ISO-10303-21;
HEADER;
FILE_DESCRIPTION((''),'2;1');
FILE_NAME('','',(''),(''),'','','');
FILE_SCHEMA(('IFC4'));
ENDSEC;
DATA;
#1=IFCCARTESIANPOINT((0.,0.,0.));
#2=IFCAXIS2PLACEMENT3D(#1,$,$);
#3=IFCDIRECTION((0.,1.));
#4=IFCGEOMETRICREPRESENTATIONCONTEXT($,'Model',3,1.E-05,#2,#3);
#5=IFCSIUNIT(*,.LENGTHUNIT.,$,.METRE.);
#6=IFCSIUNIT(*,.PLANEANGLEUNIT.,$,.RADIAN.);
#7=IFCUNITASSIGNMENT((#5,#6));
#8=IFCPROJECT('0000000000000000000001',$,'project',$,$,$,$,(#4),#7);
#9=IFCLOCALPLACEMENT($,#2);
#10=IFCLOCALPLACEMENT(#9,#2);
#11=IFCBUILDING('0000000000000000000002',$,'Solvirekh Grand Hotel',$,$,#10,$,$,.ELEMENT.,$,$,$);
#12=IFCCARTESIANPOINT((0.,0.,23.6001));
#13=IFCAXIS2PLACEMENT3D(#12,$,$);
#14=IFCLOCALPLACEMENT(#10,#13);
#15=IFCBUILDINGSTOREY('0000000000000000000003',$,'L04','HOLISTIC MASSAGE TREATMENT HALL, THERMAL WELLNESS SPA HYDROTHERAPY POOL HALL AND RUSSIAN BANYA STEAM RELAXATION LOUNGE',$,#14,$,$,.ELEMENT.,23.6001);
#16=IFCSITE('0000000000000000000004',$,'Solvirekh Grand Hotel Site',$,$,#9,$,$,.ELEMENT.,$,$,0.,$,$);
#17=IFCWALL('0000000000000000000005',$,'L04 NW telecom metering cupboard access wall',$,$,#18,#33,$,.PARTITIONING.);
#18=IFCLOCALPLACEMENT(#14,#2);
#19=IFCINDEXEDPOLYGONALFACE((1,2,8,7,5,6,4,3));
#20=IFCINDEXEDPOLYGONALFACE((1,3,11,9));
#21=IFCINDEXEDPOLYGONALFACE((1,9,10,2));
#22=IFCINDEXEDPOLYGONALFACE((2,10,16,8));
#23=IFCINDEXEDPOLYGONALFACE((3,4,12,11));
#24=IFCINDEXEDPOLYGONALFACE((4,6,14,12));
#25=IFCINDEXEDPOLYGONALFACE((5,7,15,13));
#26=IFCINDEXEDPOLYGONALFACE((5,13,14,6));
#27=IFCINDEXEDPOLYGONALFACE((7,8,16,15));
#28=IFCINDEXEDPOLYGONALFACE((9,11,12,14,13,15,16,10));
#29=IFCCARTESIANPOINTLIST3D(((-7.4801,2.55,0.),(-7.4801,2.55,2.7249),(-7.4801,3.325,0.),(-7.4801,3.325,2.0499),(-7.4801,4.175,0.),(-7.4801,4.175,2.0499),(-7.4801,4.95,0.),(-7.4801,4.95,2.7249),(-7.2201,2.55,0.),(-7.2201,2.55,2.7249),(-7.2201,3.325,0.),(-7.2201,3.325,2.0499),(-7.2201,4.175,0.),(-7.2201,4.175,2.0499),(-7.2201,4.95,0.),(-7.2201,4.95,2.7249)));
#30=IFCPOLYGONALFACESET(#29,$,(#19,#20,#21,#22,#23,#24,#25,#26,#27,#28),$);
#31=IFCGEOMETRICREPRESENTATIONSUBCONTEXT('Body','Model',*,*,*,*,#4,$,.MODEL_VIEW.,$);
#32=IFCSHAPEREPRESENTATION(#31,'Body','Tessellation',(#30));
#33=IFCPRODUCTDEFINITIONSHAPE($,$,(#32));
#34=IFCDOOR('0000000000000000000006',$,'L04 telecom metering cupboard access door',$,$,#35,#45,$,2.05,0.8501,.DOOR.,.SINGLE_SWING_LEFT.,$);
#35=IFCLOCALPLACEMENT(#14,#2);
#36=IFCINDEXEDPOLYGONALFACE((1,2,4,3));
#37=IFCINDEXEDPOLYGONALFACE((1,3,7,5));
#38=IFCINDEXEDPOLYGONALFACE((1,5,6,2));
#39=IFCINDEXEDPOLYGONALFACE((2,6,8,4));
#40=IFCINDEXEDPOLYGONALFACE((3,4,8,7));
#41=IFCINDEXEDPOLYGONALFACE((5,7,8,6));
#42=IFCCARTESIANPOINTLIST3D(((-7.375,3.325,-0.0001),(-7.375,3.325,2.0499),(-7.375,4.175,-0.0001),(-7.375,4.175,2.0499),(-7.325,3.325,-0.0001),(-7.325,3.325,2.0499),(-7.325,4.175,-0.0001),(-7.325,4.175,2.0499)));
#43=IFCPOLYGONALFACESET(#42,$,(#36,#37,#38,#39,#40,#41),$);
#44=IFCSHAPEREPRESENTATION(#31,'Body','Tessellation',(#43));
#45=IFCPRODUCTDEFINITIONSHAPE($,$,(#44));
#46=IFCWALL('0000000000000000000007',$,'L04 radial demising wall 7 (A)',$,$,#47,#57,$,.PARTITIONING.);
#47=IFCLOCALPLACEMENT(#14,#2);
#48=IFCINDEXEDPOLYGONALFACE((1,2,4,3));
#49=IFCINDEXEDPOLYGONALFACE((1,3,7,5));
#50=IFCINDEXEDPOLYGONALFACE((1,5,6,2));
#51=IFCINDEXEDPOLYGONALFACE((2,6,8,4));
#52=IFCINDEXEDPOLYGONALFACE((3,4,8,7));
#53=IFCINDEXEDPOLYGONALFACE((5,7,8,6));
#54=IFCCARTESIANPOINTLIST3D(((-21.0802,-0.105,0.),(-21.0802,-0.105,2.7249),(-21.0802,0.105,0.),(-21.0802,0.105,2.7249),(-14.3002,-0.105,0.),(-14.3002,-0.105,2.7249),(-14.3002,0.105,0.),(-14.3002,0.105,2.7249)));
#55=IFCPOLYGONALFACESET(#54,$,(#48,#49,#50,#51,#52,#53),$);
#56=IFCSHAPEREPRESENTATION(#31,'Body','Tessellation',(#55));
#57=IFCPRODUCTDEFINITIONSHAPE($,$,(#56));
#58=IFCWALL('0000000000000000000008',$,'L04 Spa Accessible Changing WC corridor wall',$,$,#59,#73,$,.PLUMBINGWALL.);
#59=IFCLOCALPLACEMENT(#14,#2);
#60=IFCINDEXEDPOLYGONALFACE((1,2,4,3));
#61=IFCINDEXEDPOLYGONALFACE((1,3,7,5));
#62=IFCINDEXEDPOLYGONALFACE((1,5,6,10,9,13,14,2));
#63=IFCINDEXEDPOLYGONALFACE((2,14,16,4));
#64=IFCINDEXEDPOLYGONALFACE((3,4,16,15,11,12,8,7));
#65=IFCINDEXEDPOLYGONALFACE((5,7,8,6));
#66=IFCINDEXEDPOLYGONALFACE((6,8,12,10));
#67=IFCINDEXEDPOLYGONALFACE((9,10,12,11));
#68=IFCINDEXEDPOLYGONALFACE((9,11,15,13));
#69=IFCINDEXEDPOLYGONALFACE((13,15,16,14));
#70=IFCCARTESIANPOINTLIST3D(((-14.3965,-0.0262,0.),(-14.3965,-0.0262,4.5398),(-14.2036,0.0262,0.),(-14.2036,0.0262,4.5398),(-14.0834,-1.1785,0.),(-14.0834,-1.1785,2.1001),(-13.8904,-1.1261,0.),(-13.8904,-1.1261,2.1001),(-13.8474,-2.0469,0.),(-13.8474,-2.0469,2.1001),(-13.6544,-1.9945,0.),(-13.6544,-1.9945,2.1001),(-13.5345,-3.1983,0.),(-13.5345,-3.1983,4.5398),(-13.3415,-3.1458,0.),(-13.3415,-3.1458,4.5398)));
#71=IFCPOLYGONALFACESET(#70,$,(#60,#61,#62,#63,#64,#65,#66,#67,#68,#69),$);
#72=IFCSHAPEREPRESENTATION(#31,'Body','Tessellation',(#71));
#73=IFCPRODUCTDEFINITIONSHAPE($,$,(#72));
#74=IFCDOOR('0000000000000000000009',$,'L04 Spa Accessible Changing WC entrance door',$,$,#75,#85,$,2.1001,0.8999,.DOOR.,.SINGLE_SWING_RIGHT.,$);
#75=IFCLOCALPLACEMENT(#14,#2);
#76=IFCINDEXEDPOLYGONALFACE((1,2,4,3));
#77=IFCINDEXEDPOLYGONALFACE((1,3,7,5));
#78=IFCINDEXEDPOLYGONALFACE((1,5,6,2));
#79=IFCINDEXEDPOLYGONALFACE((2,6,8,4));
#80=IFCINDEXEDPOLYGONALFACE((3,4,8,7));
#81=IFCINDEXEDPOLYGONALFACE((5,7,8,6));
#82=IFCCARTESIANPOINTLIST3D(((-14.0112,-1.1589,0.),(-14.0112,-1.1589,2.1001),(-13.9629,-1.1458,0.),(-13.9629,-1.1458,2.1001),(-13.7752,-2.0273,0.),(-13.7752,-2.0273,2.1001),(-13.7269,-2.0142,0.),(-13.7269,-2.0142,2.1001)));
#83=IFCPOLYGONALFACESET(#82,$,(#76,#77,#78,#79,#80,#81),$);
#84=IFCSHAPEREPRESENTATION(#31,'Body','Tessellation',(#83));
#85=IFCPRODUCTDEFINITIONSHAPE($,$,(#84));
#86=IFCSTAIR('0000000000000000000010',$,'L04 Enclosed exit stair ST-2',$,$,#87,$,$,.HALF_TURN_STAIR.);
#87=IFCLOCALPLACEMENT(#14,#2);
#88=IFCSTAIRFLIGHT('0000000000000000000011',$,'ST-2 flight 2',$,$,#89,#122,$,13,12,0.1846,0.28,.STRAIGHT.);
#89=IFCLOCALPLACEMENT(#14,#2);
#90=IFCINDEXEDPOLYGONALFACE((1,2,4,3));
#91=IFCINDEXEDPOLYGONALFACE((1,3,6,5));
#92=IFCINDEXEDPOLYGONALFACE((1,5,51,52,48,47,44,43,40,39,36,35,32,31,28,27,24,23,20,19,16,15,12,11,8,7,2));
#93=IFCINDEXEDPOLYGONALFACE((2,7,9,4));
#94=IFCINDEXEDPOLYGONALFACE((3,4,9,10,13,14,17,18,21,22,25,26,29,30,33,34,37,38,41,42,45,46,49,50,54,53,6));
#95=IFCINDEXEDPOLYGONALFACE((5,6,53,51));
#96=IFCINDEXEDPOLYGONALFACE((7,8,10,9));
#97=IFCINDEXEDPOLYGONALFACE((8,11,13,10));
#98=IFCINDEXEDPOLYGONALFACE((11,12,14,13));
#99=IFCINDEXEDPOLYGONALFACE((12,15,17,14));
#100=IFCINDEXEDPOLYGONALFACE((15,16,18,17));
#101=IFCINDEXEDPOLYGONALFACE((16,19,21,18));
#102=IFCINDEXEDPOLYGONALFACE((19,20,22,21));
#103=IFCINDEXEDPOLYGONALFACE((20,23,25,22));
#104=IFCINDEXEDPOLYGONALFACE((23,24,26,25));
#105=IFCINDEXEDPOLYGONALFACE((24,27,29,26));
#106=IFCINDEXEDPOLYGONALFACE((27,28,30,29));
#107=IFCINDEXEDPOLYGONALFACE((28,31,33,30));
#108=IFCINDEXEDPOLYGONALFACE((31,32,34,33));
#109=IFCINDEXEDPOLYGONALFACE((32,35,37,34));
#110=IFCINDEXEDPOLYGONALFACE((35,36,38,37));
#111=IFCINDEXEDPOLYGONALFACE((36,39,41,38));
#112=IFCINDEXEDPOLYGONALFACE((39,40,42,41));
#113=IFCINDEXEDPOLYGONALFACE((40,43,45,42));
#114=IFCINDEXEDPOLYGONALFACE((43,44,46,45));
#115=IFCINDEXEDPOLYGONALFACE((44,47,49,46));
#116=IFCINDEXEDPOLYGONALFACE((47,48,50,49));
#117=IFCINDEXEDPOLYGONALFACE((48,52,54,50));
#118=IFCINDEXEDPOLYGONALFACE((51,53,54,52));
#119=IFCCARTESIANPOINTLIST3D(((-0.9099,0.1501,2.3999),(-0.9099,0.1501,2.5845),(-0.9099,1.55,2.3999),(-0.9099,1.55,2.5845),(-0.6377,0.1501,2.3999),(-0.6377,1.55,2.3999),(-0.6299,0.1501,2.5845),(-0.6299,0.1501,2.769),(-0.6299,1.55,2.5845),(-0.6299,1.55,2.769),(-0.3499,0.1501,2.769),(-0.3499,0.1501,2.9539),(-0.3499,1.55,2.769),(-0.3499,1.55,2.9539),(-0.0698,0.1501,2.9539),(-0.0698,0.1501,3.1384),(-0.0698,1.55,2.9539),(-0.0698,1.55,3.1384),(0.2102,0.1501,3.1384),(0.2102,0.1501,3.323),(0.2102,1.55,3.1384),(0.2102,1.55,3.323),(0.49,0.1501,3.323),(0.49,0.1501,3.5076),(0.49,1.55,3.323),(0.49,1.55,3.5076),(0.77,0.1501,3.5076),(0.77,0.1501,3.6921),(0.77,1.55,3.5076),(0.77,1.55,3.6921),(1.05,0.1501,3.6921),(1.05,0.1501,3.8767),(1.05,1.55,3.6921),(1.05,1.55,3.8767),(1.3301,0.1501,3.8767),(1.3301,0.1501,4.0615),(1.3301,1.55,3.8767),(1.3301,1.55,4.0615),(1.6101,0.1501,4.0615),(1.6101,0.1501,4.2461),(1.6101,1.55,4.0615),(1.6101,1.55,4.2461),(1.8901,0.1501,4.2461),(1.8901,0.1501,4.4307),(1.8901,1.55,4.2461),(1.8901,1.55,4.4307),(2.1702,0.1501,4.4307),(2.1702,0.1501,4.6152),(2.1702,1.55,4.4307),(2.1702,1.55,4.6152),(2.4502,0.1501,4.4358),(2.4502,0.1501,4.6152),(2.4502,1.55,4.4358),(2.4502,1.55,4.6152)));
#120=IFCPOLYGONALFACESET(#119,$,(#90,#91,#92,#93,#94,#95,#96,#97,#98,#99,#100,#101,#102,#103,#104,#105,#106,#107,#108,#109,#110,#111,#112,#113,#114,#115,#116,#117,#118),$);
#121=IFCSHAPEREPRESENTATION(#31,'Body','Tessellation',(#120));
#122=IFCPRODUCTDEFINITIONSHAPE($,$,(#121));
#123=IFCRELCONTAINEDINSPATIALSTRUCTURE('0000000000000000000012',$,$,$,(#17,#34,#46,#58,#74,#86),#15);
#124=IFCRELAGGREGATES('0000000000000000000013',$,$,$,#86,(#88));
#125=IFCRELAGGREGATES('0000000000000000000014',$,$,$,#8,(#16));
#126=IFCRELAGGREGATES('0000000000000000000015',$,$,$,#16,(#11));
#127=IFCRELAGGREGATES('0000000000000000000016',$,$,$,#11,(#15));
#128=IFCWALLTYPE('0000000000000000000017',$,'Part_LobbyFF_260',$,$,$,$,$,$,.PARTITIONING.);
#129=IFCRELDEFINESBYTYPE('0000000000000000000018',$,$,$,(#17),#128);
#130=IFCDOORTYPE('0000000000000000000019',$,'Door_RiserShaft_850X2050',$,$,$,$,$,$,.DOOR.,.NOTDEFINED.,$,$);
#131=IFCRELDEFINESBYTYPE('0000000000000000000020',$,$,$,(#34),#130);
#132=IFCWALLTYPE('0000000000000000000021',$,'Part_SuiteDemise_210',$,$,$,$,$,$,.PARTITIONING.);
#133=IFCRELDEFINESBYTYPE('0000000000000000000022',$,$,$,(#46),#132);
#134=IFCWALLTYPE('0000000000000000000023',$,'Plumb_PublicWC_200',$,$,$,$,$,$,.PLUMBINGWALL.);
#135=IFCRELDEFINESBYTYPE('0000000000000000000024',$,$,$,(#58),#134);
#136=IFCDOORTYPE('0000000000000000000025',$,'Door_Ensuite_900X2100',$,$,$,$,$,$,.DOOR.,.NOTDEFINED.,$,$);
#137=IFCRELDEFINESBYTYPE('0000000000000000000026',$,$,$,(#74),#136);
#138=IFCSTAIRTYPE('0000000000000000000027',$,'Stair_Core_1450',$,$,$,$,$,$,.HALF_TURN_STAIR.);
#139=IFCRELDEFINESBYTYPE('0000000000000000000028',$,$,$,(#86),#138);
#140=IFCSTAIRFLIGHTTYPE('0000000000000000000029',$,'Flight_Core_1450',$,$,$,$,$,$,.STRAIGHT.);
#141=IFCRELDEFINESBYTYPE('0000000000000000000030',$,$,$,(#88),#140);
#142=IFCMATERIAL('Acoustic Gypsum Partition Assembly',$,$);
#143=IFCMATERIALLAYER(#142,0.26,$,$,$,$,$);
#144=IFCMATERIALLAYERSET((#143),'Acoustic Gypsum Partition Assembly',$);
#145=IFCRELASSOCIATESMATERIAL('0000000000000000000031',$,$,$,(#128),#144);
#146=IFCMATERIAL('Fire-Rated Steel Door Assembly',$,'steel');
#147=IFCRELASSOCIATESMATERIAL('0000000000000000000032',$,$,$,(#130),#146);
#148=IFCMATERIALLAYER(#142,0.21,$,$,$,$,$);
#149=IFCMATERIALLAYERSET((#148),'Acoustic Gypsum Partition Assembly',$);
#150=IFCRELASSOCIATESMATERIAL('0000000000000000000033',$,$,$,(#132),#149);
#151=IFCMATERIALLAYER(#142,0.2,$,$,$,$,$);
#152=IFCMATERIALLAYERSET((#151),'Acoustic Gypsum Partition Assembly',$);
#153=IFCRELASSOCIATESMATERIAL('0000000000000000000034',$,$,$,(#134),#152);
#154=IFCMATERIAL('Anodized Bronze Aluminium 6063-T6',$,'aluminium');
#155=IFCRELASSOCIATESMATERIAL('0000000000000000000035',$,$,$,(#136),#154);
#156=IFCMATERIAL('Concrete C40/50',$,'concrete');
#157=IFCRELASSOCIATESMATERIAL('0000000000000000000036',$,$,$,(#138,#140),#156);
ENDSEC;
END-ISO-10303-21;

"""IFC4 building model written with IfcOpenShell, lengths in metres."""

from ifc_helpers import new_model, si_unit, direction, frame, frame_2d, origin, place, context, subcontext, project, spatial, polyline, rectangle, outline, extrude, material, layer, layer_set, type_object, element, fill, aggregate, save


model = new_model("IFC4")

# Units and contexts
model_context = context("Model", 3, precision=1e-05, world=origin(), true_north=direction((0.0, 1.0)))
body_context = subcontext(model_context, "Body", "Model", "MODEL_VIEW")
ifc_project = project(units=[si_unit("LENGTHUNIT", "METRE"), si_unit("PLANEANGLEUNIT", "RADIAN")], contexts=[model_context])

# Site, building, storey
site_placement = place(None, origin())
site = spatial("IfcSite", under=ifc_project, at=site_placement, Name="Solvirekh Grand Hotel Site", CompositionType="ELEMENT", RefElevation=0.0)
building_placement = place(site_placement, origin())
building = spatial("IfcBuilding", under=site, at=building_placement, Name="Solvirekh Grand Hotel", CompositionType="ELEMENT")
storey_placement = place(building_placement, frame((0.0, 0.0, 23.6001)))
storey = spatial("IfcBuildingStorey", under=building, at=storey_placement, Name="L04", Description="HOLISTIC MASSAGE TREATMENT HALL, THERMAL WELLNESS SPA HYDROTHERAPY POOL HALL AND RUSSIAN BANYA STEAM RELAXATION LOUNGE", CompositionType="ELEMENT", Elevation=23.6001)

# Shared definitions
ifc_material_1 = material(Name="Concrete C40/50", Category="concrete")

# Shared definitions
ifc_material_2 = material(Name="Fire-Rated Steel Door Assembly", Category="steel")

# Shared definitions
ifc_material_3 = material(Name="Acoustic Gypsum Partition Assembly")
ifc_layer_1 = layer(ifc_material_3, 0.26)
ifc_layer_set_1 = layer_set([ifc_layer_1], Name="Acoustic Gypsum Partition Assembly")
wall_type_1 = type_object("IfcWallType", Name="Part_LobbyFF_260", PredefinedType="PARTITIONING", material=ifc_layer_set_1)

# Wall, opening, door
wall_1_placement = place(storey_placement, frame((-7.3501, 2.55, 0.0), z_axis=(0.0, 0.0, 1.0), x_axis=(0.0, 1.0, 0.0)))
wall_1 = element("IfcWall", 1, at=wall_1_placement, inside=storey, type_object=wall_type_1, Name="L04 NW telecom metering cupboard access wall", PredefinedType="PARTITIONING", context=body_context, shape_type="SweptSolid", body=[
    extrude(rectangle(XDim=2.3999, YDim=0.26, at=frame_2d((1.2, 0.0))), origin(), (0.0, 0.0, 1.0), 2.7249),
])
opening_1_placement = place(wall_1_placement, frame((0.7749, 0.0, 0.0)))
opening_1 = element("IfcOpeningElement", 2, at=opening_1_placement, cuts=wall_1, PredefinedType="OPENING", context=body_context, shape_type="SweptSolid", body=[
    extrude(rectangle(XDim=0.8501, YDim=2.05, at=frame_2d((0.425, 1.0249))), frame((0.0, 0.1401, 0.0), z_axis=(0.0, -1.0, 0.0), x_axis=(1.0, 0.0, 0.0)), (0.0, 0.0, 1.0), 0.28),
])
door_type_1 = type_object("IfcDoorType", Name="Door_RiserShaft_850X2050", OperationType="NOTDEFINED", PredefinedType="DOOR", material=ifc_material_2)
door_1_placement = place(opening_1_placement, origin())
door_1 = element("IfcDoor", 3, at=door_1_placement, inside=storey, type_object=door_type_1, Name="L04 telecom metering cupboard access door", OperationType="SINGLE_SWING_LEFT", OverallHeight=2.05, OverallWidth=0.8501, PredefinedType="DOOR", context=body_context, shape_type="SweptSolid", body=[
    extrude(rectangle(XDim=0.8501, YDim=2.05, at=frame_2d((0.425, 1.0249))), frame((0.0, 0.0249, 0.0), z_axis=(0.0, -1.0, 0.0), x_axis=(1.0, 0.0, 0.0)), (0.0, 0.0, 1.0), 0.05),
])
fill(opening_1, door_1)

# Wall
ifc_layer_2 = layer(ifc_material_3, 0.21)
ifc_layer_set_2 = layer_set([ifc_layer_2], Name="Acoustic Gypsum Partition Assembly")
wall_type_2 = type_object("IfcWallType", Name="Part_SuiteDemise_210", PredefinedType="PARTITIONING", material=ifc_layer_set_2)
wall_2_placement = place(storey_placement, frame((-14.3, 0.0, 0.0), z_axis=(0.0, 0.0, 1.0), x_axis=(-1.0, 0.0, 0.0)))
element("IfcWall", 4, at=wall_2_placement, inside=storey, type_object=wall_type_2, Name="L04 radial demising wall 7 (A)", PredefinedType="PARTITIONING", context=body_context, shape_type="SweptSolid", body=[
    extrude(rectangle(XDim=6.78, YDim=0.21, at=frame_2d((3.3901, 0.0))), origin(), (0.0, 0.0, 1.0), 2.7249),
])

# Wall, opening, door
ifc_layer_3 = layer(ifc_material_3, 0.2)
ifc_layer_set_3 = layer_set([ifc_layer_3], Name="Acoustic Gypsum Partition Assembly")
wall_type_3 = type_object("IfcWallType", Name="Plumb_PublicWC_200", PredefinedType="PLUMBINGWALL", material=ifc_layer_set_3)
wall_3_placement = place(storey_placement, frame((-14.3, 0.0, 0.0), z_axis=(0.0, 0.0, 1.0), x_axis=(0.26225, -0.965, 0.0)))
wall_3 = element("IfcWall", 5, at=wall_3_placement, inside=storey, type_object=wall_type_3, Name="L04 Spa Accessible Changing WC corridor wall", PredefinedType="PLUMBINGWALL", context=body_context, shape_type="SweptSolid", body=[
    extrude(rectangle(XDim=3.2871, YDim=0.2, at=frame_2d((1.6436, 0.0))), origin(), (0.0, 0.0, 1.0), 4.5398),
])
opening_2_placement = place(wall_3_placement, frame((1.1941, 0.0, 0.0)))
opening_2 = element("IfcOpeningElement", 6, at=opening_2_placement, cuts=wall_3, PredefinedType="OPENING", context=body_context, shape_type="SweptSolid", body=[
    extrude(rectangle(XDim=0.8999, YDim=2.1001, at=frame_2d((0.45, 1.05))), frame((0.0, 0.1099, 0.0), z_axis=(0.0, -1.0, 0.0), x_axis=(1.0, 0.0, 0.0)), (0.0, 0.0, 1.0), 0.22),
])
ifc_material_4 = material(Name="Anodized Bronze Aluminium 6063-T6", Category="aluminium")
door_type_2 = type_object("IfcDoorType", Name="Door_Ensuite_900X2100", OperationType="NOTDEFINED", PredefinedType="DOOR", material=ifc_material_4)
door_2_placement = place(opening_2_placement, origin())
door_2 = element("IfcDoor", 7, at=door_2_placement, inside=storey, type_object=door_type_2, Name="L04 Spa Accessible Changing WC entrance door", OperationType="SINGLE_SWING_RIGHT", OverallHeight=2.1001, OverallWidth=0.8999, PredefinedType="DOOR", context=body_context, shape_type="SweptSolid", body=[
    extrude(rectangle(XDim=0.8999, YDim=2.1001, at=frame_2d((0.45, 1.05))), frame((0.0, 0.0249, 0.0), z_axis=(0.0, -1.0, 0.0), x_axis=(1.0, 0.0, 0.0)), (0.0, 0.0, 1.0), 0.05),
])
fill(opening_2, door_2)

# Stair, stair flight
stair_type = type_object("IfcStairType", Name="Stair_Core_1450", PredefinedType="HALF_TURN_STAIR", material=ifc_material_1)
stair_placement = place(storey_placement, origin())
stair = element("IfcStair", 8, at=stair_placement, inside=storey, type_object=stair_type, Name="L04 Enclosed exit stair ST-2", PredefinedType="HALF_TURN_STAIR")
stair_flight_type = type_object("IfcStairFlightType", Name="Flight_Core_1450", PredefinedType="STRAIGHT", material=ifc_material_1)
stair_flight_placement = place(storey_placement, frame((-0.9099, 0.8501, 2.3999), z_axis=(0.0, 0.0, 1.0), x_axis=(1.0, 0.0, 0.0)))
stair_flight = element("IfcStairFlight", 9, at=stair_flight_placement, type_object=stair_flight_type, Name="ST-2 flight 2", NumberOfRisers=13, NumberOfTreads=12, PredefinedType="STRAIGHT", RiserHeight=0.1846, TreadLength=0.28, context=body_context, shape_type="SweptSolid", body=[
    extrude(outline(polyline([(0.0, 0.0), (0.0, 0.1846), (0.28, 0.1846), (0.28, 0.3691), (0.5601, 0.3691), (0.5601, 0.554), (0.8401, 0.554), (0.8401, 0.7385), (1.1201, 0.7385), (1.1201, 0.9231), (1.3999, 0.9231), (1.3999, 1.1077), (1.6799, 1.1077), (1.6799, 1.2922), (1.96, 1.2922), (1.96, 1.4768), (2.24, 1.4768), (2.24, 1.6616), (2.52, 1.6616), (2.52, 1.8462), (2.8, 1.8462), (2.8, 2.0308), (3.0801, 2.0308), (3.0801, 2.2153), (3.3601, 2.2153), (3.3601, 2.3999), (3.3601, 2.0359), (0.2722, 0.0), (0.0, 0.0)])), frame((0.0, 0.7, 0.0), z_axis=(0.0, -1.0, 0.0), x_axis=(1.0, 0.0, 0.0)), (0.0, 0.0, 1.0), 1.3999),
])
aggregate(stair, [stair_flight])

save(model, "model.ifc")
